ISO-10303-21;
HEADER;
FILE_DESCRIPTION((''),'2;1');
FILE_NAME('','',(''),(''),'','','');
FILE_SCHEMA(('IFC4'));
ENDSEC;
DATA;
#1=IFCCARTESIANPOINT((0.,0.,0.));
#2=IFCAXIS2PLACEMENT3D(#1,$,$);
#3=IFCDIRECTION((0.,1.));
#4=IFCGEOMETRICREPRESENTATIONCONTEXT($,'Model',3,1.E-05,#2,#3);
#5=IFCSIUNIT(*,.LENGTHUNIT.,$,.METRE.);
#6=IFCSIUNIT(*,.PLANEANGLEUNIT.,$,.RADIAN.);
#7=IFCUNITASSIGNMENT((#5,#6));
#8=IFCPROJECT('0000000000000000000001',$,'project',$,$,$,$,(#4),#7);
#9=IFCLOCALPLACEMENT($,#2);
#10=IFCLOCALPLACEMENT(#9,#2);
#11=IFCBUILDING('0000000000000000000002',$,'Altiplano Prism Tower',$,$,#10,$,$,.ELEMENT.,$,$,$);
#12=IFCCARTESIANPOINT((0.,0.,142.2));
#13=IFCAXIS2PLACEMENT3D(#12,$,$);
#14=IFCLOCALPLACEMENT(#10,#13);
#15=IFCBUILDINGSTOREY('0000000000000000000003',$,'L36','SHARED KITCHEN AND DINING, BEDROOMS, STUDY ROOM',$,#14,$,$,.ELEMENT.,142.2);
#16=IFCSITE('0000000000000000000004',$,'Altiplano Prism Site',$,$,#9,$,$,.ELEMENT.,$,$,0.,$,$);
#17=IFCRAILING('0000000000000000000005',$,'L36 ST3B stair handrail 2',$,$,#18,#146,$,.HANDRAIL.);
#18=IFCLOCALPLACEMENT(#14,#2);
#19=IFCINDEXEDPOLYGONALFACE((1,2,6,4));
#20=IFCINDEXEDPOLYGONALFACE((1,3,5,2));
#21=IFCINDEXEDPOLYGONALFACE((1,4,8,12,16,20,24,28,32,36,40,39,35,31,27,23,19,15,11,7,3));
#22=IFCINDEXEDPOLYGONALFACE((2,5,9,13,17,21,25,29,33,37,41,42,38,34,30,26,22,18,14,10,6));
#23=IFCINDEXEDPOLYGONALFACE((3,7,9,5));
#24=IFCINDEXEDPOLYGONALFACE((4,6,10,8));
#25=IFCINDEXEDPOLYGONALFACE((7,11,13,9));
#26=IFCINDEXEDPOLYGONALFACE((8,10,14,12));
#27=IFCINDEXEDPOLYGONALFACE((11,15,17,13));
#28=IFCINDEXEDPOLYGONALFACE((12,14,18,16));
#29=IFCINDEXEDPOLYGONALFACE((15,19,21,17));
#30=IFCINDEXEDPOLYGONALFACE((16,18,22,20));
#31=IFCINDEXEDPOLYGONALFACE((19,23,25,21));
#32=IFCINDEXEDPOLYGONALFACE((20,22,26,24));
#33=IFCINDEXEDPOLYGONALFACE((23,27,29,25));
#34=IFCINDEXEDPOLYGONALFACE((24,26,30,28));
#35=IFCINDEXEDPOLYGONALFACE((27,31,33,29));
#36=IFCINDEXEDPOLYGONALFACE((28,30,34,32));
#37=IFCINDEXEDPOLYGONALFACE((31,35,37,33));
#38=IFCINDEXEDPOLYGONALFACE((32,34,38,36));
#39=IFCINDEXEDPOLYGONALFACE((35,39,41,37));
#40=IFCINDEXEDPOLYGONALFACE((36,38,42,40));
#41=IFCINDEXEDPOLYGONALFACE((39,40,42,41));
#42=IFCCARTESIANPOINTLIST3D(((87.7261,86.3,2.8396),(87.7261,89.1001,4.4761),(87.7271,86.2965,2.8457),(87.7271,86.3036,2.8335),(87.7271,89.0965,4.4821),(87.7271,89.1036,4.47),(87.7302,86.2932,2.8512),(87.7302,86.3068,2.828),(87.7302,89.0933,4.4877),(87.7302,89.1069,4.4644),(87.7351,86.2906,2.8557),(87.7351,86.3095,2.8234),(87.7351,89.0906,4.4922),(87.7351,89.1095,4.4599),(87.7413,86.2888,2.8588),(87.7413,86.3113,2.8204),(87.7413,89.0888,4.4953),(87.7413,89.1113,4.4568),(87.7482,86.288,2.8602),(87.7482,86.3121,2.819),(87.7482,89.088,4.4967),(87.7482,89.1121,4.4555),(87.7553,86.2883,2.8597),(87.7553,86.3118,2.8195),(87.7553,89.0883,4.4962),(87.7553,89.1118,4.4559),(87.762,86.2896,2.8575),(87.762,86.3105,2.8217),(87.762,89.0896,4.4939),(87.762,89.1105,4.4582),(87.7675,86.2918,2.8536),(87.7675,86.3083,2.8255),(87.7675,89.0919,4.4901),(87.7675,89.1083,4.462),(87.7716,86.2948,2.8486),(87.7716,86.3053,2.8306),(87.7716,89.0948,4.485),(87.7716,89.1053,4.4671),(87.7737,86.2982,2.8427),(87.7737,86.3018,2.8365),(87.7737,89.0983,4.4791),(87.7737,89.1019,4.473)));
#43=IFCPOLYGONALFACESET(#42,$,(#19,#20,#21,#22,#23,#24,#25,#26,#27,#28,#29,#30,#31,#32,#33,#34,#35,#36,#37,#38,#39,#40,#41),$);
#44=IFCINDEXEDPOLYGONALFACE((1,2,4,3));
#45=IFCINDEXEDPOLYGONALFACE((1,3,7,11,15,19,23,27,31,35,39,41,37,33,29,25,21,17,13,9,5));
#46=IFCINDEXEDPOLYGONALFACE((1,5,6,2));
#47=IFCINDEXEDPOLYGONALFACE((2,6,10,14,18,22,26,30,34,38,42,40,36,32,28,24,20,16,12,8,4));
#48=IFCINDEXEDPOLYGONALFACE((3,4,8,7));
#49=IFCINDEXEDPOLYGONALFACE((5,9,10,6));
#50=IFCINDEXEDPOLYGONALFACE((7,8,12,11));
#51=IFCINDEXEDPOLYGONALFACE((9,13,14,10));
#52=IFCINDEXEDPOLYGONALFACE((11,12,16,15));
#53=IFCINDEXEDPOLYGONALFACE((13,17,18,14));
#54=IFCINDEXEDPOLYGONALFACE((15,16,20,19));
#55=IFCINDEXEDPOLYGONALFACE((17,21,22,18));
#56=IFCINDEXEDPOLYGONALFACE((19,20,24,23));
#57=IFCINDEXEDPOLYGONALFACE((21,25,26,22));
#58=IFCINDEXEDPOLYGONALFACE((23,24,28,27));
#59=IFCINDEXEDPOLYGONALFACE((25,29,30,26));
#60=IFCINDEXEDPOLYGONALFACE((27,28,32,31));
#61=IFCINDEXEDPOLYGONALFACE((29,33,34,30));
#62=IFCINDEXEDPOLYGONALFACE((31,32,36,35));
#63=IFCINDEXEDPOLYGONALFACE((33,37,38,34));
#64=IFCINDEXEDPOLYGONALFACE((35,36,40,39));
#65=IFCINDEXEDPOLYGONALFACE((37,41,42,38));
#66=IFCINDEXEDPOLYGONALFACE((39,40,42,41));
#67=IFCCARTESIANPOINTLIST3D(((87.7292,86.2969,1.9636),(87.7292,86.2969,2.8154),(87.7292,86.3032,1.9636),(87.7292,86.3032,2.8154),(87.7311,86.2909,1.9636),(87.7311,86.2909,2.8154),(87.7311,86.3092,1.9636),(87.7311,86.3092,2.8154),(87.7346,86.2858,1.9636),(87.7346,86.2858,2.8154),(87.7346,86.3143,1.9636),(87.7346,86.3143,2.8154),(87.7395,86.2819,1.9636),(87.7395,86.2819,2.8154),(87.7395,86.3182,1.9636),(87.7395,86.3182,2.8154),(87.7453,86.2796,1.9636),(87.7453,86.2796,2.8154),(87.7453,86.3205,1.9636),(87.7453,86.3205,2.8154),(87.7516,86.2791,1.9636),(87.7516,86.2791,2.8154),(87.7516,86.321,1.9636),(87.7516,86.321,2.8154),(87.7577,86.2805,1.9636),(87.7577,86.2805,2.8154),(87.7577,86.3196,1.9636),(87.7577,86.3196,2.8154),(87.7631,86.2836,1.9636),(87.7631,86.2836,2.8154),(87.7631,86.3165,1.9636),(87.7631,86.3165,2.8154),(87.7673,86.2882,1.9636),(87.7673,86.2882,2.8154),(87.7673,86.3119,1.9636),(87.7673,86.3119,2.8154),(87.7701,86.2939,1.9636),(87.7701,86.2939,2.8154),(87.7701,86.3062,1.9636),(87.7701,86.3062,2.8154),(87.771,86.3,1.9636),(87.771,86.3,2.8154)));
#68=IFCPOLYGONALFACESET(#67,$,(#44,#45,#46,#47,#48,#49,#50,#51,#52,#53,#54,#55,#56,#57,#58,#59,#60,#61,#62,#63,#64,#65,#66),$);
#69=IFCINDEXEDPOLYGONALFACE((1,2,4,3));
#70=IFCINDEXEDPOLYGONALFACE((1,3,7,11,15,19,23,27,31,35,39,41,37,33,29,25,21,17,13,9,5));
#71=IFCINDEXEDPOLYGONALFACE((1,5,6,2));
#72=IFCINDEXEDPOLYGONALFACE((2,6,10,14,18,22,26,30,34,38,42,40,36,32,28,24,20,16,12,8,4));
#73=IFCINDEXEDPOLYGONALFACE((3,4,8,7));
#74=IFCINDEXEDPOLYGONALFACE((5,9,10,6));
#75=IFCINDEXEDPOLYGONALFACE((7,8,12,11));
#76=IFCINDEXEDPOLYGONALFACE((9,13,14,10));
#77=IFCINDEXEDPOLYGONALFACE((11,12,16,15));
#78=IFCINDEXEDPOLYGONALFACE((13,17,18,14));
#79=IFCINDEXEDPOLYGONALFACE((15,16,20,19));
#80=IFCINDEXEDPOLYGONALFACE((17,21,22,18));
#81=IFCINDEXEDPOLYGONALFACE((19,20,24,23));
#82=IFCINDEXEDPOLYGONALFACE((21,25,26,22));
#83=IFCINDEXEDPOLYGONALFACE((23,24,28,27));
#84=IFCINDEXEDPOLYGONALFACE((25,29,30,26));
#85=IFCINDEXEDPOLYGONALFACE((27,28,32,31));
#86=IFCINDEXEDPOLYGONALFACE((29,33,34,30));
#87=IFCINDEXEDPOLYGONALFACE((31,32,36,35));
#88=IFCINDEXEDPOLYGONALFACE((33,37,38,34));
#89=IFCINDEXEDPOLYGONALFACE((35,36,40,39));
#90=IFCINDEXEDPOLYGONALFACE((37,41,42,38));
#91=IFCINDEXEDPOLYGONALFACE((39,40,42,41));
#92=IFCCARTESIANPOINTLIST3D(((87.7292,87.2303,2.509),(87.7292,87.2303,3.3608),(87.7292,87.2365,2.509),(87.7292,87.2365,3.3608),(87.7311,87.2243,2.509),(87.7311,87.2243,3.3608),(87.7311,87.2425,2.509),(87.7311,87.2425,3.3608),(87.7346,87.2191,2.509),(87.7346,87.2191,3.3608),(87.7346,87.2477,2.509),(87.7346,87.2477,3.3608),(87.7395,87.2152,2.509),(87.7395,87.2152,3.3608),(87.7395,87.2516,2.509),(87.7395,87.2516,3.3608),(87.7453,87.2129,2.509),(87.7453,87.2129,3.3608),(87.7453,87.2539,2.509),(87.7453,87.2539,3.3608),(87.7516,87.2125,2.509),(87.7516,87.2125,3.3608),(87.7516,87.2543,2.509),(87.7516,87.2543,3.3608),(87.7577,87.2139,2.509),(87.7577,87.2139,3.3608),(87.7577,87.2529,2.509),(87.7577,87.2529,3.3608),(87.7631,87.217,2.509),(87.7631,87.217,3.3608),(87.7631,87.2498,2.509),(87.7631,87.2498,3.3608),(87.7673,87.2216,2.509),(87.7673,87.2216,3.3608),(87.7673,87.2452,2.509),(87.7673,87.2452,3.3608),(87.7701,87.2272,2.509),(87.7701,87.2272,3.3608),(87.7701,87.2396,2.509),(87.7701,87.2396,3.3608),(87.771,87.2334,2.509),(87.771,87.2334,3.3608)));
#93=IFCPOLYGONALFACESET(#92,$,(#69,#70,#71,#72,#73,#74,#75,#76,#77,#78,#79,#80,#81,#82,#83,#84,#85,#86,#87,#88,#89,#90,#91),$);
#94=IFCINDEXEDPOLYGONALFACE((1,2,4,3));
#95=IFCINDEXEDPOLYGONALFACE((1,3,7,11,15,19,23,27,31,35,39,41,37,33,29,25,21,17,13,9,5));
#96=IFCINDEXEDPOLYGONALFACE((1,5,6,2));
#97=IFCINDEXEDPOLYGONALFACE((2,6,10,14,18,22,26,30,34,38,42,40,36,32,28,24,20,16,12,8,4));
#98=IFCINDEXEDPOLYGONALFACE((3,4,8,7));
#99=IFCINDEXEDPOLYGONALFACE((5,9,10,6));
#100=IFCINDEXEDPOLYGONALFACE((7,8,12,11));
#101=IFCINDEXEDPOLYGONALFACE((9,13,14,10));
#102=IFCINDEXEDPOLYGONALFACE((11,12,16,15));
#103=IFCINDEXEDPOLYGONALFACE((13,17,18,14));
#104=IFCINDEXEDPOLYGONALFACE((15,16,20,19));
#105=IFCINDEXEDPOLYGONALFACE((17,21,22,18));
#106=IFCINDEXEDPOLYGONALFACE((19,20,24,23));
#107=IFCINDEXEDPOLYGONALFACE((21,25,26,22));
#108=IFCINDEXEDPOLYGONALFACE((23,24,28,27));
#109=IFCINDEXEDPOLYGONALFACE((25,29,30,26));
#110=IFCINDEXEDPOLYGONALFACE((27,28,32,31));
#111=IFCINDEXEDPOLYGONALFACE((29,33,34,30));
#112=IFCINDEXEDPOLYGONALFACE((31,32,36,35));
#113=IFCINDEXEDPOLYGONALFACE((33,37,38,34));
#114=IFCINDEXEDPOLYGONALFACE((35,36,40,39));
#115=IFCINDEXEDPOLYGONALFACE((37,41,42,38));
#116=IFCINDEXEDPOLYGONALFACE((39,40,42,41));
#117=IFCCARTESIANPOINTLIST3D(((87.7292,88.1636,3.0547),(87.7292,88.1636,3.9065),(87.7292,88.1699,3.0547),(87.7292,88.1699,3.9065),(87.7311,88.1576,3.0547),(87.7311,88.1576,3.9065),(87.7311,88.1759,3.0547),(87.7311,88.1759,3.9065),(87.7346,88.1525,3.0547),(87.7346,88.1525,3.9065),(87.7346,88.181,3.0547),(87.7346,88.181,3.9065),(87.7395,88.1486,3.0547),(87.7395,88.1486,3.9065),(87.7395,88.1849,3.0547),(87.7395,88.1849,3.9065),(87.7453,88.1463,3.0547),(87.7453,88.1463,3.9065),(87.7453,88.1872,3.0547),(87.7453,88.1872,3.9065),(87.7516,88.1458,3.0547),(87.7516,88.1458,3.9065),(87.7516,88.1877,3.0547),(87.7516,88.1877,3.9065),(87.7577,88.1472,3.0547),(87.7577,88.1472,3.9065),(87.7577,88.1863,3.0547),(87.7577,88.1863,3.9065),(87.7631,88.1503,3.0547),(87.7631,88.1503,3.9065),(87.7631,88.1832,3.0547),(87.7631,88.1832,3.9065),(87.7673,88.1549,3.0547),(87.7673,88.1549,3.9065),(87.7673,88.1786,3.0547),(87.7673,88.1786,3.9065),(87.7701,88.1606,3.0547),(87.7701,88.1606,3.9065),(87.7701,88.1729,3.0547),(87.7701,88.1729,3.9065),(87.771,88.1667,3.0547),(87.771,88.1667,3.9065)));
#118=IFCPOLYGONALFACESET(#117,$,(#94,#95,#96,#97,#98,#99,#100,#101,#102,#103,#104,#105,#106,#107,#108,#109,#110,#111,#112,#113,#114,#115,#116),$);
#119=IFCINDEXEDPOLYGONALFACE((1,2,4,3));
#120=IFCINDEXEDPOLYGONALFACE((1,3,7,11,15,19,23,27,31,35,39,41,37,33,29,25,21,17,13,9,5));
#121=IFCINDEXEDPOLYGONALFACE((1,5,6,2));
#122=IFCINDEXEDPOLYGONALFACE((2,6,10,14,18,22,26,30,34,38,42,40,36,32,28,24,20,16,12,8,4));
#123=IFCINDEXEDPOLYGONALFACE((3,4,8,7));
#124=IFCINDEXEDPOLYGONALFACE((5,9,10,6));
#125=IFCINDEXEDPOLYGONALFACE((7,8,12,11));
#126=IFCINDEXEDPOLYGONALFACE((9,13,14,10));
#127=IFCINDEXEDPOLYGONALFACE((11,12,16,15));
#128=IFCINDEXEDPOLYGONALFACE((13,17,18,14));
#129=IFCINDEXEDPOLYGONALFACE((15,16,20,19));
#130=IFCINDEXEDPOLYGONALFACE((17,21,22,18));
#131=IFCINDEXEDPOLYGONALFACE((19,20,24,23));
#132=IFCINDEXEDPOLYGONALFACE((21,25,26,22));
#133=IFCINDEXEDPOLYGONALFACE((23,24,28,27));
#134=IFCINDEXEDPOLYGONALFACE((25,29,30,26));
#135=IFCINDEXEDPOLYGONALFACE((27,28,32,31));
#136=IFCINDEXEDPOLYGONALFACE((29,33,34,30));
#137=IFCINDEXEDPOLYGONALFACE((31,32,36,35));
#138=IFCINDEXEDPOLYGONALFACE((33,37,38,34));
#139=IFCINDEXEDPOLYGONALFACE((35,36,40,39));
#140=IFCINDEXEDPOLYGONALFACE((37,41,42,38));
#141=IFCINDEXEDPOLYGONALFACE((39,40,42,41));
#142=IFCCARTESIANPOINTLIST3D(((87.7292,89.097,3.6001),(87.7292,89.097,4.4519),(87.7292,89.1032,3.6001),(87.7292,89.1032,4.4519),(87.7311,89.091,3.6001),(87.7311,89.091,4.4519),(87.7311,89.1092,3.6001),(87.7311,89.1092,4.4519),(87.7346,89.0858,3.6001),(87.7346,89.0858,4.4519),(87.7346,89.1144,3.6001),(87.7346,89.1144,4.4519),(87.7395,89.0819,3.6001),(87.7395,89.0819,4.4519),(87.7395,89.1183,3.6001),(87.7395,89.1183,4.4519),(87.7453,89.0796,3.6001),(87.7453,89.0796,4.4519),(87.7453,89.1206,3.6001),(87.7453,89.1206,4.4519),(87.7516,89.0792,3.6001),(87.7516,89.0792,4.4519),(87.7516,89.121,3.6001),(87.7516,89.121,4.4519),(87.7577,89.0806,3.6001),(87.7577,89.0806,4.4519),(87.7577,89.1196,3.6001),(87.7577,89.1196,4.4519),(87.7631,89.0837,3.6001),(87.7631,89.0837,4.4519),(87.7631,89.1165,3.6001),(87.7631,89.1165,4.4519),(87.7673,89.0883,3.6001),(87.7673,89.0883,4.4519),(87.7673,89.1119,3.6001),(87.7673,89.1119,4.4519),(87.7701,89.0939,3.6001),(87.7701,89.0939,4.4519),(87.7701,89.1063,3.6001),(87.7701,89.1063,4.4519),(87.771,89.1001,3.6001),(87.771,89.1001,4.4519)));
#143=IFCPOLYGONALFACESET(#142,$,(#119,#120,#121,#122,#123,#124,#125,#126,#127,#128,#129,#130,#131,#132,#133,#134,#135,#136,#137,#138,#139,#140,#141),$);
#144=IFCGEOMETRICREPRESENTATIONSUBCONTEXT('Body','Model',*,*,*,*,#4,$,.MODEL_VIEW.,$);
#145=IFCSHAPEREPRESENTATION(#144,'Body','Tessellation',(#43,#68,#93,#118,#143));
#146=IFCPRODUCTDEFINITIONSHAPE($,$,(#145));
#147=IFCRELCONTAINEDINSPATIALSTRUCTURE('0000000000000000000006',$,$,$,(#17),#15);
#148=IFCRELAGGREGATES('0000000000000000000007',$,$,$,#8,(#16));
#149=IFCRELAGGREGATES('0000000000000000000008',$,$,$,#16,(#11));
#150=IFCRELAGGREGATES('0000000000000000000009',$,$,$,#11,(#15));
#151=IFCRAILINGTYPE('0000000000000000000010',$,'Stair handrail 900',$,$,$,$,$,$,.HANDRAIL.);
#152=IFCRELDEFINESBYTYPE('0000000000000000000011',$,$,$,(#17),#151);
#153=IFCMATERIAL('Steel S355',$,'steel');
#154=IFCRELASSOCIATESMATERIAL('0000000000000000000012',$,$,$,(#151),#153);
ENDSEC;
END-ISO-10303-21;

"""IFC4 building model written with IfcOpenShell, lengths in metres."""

from ifc_helpers import new_model, si_unit, direction, frame, origin, origin_2d, place, context, subcontext, project, spatial, circle, extrude, material, type_object, element, save


model = new_model("IFC4")

# Units and contexts
model_context = context("Model", 3, precision=1e-05, world=origin(), true_north=direction((0.0, 1.0)))
body_context = subcontext(model_context, "Body", "Model", "MODEL_VIEW")
ifc_project = project(units=[si_unit("LENGTHUNIT", "METRE"), si_unit("PLANEANGLEUNIT", "RADIAN")], contexts=[model_context])

# Site, building, storey
site_placement = place(None, origin())
site = spatial("IfcSite", under=ifc_project, at=site_placement, Name="Altiplano Prism Site", CompositionType="ELEMENT", RefElevation=0.0)
building_placement = place(site_placement, origin())
building = spatial("IfcBuilding", under=site, at=building_placement, Name="Altiplano Prism Tower", CompositionType="ELEMENT")
storey_placement = place(building_placement, frame((0.0, 0.0, 142.2)))
storey = spatial("IfcBuildingStorey", under=building, at=storey_placement, Name="L36", Description="SHARED KITCHEN AND DINING, BEDROOMS, STUDY ROOM", CompositionType="ELEMENT", Elevation=142.2)

# Railing
ifc_material_1 = material(Name="Steel S355", Category="steel")
railing_type_1 = type_object("IfcRailingType", Name="Stair handrail 900", PredefinedType="HANDRAIL", material=ifc_material_1)
railing_1_placement = place(storey_placement, frame((87.75, 86.3, 1.9636)))
element("IfcRailing", 1, at=railing_1_placement, inside=storey, type_object=railing_type_1, Name="L36 ST3B stair handrail 2", PredefinedType="HANDRAIL", context=body_context, shape_type="SweptSolid", body=[
    extrude(circle(Radius=0.0239, at=origin_2d()), frame((0.0, 0.0, 0.876), z_axis=(0.0, 0.863361, 0.504587), x_axis=(-1.0, 0.0, 0.0)), (0.0, 0.0, 1.0), 3.2432),
    extrude(circle(Radius=0.021, at=origin_2d()), origin(), (0.0, 0.0, 1.0), 0.8518),
    extrude(circle(Radius=0.021, at=origin_2d()), frame((0.0, 0.9333, 0.5454)), (0.0, 0.0, 1.0), 0.8518),
    extrude(circle(Radius=0.021, at=origin_2d()), frame((0.0, 1.8667, 1.0911)), (0.0, 0.0, 1.0), 0.8518),
    extrude(circle(Radius=0.021, at=origin_2d()), frame((0.0, 2.8, 1.6365)), (0.0, 0.0, 1.0), 0.8518),
])

save(model, "model.ifc")
